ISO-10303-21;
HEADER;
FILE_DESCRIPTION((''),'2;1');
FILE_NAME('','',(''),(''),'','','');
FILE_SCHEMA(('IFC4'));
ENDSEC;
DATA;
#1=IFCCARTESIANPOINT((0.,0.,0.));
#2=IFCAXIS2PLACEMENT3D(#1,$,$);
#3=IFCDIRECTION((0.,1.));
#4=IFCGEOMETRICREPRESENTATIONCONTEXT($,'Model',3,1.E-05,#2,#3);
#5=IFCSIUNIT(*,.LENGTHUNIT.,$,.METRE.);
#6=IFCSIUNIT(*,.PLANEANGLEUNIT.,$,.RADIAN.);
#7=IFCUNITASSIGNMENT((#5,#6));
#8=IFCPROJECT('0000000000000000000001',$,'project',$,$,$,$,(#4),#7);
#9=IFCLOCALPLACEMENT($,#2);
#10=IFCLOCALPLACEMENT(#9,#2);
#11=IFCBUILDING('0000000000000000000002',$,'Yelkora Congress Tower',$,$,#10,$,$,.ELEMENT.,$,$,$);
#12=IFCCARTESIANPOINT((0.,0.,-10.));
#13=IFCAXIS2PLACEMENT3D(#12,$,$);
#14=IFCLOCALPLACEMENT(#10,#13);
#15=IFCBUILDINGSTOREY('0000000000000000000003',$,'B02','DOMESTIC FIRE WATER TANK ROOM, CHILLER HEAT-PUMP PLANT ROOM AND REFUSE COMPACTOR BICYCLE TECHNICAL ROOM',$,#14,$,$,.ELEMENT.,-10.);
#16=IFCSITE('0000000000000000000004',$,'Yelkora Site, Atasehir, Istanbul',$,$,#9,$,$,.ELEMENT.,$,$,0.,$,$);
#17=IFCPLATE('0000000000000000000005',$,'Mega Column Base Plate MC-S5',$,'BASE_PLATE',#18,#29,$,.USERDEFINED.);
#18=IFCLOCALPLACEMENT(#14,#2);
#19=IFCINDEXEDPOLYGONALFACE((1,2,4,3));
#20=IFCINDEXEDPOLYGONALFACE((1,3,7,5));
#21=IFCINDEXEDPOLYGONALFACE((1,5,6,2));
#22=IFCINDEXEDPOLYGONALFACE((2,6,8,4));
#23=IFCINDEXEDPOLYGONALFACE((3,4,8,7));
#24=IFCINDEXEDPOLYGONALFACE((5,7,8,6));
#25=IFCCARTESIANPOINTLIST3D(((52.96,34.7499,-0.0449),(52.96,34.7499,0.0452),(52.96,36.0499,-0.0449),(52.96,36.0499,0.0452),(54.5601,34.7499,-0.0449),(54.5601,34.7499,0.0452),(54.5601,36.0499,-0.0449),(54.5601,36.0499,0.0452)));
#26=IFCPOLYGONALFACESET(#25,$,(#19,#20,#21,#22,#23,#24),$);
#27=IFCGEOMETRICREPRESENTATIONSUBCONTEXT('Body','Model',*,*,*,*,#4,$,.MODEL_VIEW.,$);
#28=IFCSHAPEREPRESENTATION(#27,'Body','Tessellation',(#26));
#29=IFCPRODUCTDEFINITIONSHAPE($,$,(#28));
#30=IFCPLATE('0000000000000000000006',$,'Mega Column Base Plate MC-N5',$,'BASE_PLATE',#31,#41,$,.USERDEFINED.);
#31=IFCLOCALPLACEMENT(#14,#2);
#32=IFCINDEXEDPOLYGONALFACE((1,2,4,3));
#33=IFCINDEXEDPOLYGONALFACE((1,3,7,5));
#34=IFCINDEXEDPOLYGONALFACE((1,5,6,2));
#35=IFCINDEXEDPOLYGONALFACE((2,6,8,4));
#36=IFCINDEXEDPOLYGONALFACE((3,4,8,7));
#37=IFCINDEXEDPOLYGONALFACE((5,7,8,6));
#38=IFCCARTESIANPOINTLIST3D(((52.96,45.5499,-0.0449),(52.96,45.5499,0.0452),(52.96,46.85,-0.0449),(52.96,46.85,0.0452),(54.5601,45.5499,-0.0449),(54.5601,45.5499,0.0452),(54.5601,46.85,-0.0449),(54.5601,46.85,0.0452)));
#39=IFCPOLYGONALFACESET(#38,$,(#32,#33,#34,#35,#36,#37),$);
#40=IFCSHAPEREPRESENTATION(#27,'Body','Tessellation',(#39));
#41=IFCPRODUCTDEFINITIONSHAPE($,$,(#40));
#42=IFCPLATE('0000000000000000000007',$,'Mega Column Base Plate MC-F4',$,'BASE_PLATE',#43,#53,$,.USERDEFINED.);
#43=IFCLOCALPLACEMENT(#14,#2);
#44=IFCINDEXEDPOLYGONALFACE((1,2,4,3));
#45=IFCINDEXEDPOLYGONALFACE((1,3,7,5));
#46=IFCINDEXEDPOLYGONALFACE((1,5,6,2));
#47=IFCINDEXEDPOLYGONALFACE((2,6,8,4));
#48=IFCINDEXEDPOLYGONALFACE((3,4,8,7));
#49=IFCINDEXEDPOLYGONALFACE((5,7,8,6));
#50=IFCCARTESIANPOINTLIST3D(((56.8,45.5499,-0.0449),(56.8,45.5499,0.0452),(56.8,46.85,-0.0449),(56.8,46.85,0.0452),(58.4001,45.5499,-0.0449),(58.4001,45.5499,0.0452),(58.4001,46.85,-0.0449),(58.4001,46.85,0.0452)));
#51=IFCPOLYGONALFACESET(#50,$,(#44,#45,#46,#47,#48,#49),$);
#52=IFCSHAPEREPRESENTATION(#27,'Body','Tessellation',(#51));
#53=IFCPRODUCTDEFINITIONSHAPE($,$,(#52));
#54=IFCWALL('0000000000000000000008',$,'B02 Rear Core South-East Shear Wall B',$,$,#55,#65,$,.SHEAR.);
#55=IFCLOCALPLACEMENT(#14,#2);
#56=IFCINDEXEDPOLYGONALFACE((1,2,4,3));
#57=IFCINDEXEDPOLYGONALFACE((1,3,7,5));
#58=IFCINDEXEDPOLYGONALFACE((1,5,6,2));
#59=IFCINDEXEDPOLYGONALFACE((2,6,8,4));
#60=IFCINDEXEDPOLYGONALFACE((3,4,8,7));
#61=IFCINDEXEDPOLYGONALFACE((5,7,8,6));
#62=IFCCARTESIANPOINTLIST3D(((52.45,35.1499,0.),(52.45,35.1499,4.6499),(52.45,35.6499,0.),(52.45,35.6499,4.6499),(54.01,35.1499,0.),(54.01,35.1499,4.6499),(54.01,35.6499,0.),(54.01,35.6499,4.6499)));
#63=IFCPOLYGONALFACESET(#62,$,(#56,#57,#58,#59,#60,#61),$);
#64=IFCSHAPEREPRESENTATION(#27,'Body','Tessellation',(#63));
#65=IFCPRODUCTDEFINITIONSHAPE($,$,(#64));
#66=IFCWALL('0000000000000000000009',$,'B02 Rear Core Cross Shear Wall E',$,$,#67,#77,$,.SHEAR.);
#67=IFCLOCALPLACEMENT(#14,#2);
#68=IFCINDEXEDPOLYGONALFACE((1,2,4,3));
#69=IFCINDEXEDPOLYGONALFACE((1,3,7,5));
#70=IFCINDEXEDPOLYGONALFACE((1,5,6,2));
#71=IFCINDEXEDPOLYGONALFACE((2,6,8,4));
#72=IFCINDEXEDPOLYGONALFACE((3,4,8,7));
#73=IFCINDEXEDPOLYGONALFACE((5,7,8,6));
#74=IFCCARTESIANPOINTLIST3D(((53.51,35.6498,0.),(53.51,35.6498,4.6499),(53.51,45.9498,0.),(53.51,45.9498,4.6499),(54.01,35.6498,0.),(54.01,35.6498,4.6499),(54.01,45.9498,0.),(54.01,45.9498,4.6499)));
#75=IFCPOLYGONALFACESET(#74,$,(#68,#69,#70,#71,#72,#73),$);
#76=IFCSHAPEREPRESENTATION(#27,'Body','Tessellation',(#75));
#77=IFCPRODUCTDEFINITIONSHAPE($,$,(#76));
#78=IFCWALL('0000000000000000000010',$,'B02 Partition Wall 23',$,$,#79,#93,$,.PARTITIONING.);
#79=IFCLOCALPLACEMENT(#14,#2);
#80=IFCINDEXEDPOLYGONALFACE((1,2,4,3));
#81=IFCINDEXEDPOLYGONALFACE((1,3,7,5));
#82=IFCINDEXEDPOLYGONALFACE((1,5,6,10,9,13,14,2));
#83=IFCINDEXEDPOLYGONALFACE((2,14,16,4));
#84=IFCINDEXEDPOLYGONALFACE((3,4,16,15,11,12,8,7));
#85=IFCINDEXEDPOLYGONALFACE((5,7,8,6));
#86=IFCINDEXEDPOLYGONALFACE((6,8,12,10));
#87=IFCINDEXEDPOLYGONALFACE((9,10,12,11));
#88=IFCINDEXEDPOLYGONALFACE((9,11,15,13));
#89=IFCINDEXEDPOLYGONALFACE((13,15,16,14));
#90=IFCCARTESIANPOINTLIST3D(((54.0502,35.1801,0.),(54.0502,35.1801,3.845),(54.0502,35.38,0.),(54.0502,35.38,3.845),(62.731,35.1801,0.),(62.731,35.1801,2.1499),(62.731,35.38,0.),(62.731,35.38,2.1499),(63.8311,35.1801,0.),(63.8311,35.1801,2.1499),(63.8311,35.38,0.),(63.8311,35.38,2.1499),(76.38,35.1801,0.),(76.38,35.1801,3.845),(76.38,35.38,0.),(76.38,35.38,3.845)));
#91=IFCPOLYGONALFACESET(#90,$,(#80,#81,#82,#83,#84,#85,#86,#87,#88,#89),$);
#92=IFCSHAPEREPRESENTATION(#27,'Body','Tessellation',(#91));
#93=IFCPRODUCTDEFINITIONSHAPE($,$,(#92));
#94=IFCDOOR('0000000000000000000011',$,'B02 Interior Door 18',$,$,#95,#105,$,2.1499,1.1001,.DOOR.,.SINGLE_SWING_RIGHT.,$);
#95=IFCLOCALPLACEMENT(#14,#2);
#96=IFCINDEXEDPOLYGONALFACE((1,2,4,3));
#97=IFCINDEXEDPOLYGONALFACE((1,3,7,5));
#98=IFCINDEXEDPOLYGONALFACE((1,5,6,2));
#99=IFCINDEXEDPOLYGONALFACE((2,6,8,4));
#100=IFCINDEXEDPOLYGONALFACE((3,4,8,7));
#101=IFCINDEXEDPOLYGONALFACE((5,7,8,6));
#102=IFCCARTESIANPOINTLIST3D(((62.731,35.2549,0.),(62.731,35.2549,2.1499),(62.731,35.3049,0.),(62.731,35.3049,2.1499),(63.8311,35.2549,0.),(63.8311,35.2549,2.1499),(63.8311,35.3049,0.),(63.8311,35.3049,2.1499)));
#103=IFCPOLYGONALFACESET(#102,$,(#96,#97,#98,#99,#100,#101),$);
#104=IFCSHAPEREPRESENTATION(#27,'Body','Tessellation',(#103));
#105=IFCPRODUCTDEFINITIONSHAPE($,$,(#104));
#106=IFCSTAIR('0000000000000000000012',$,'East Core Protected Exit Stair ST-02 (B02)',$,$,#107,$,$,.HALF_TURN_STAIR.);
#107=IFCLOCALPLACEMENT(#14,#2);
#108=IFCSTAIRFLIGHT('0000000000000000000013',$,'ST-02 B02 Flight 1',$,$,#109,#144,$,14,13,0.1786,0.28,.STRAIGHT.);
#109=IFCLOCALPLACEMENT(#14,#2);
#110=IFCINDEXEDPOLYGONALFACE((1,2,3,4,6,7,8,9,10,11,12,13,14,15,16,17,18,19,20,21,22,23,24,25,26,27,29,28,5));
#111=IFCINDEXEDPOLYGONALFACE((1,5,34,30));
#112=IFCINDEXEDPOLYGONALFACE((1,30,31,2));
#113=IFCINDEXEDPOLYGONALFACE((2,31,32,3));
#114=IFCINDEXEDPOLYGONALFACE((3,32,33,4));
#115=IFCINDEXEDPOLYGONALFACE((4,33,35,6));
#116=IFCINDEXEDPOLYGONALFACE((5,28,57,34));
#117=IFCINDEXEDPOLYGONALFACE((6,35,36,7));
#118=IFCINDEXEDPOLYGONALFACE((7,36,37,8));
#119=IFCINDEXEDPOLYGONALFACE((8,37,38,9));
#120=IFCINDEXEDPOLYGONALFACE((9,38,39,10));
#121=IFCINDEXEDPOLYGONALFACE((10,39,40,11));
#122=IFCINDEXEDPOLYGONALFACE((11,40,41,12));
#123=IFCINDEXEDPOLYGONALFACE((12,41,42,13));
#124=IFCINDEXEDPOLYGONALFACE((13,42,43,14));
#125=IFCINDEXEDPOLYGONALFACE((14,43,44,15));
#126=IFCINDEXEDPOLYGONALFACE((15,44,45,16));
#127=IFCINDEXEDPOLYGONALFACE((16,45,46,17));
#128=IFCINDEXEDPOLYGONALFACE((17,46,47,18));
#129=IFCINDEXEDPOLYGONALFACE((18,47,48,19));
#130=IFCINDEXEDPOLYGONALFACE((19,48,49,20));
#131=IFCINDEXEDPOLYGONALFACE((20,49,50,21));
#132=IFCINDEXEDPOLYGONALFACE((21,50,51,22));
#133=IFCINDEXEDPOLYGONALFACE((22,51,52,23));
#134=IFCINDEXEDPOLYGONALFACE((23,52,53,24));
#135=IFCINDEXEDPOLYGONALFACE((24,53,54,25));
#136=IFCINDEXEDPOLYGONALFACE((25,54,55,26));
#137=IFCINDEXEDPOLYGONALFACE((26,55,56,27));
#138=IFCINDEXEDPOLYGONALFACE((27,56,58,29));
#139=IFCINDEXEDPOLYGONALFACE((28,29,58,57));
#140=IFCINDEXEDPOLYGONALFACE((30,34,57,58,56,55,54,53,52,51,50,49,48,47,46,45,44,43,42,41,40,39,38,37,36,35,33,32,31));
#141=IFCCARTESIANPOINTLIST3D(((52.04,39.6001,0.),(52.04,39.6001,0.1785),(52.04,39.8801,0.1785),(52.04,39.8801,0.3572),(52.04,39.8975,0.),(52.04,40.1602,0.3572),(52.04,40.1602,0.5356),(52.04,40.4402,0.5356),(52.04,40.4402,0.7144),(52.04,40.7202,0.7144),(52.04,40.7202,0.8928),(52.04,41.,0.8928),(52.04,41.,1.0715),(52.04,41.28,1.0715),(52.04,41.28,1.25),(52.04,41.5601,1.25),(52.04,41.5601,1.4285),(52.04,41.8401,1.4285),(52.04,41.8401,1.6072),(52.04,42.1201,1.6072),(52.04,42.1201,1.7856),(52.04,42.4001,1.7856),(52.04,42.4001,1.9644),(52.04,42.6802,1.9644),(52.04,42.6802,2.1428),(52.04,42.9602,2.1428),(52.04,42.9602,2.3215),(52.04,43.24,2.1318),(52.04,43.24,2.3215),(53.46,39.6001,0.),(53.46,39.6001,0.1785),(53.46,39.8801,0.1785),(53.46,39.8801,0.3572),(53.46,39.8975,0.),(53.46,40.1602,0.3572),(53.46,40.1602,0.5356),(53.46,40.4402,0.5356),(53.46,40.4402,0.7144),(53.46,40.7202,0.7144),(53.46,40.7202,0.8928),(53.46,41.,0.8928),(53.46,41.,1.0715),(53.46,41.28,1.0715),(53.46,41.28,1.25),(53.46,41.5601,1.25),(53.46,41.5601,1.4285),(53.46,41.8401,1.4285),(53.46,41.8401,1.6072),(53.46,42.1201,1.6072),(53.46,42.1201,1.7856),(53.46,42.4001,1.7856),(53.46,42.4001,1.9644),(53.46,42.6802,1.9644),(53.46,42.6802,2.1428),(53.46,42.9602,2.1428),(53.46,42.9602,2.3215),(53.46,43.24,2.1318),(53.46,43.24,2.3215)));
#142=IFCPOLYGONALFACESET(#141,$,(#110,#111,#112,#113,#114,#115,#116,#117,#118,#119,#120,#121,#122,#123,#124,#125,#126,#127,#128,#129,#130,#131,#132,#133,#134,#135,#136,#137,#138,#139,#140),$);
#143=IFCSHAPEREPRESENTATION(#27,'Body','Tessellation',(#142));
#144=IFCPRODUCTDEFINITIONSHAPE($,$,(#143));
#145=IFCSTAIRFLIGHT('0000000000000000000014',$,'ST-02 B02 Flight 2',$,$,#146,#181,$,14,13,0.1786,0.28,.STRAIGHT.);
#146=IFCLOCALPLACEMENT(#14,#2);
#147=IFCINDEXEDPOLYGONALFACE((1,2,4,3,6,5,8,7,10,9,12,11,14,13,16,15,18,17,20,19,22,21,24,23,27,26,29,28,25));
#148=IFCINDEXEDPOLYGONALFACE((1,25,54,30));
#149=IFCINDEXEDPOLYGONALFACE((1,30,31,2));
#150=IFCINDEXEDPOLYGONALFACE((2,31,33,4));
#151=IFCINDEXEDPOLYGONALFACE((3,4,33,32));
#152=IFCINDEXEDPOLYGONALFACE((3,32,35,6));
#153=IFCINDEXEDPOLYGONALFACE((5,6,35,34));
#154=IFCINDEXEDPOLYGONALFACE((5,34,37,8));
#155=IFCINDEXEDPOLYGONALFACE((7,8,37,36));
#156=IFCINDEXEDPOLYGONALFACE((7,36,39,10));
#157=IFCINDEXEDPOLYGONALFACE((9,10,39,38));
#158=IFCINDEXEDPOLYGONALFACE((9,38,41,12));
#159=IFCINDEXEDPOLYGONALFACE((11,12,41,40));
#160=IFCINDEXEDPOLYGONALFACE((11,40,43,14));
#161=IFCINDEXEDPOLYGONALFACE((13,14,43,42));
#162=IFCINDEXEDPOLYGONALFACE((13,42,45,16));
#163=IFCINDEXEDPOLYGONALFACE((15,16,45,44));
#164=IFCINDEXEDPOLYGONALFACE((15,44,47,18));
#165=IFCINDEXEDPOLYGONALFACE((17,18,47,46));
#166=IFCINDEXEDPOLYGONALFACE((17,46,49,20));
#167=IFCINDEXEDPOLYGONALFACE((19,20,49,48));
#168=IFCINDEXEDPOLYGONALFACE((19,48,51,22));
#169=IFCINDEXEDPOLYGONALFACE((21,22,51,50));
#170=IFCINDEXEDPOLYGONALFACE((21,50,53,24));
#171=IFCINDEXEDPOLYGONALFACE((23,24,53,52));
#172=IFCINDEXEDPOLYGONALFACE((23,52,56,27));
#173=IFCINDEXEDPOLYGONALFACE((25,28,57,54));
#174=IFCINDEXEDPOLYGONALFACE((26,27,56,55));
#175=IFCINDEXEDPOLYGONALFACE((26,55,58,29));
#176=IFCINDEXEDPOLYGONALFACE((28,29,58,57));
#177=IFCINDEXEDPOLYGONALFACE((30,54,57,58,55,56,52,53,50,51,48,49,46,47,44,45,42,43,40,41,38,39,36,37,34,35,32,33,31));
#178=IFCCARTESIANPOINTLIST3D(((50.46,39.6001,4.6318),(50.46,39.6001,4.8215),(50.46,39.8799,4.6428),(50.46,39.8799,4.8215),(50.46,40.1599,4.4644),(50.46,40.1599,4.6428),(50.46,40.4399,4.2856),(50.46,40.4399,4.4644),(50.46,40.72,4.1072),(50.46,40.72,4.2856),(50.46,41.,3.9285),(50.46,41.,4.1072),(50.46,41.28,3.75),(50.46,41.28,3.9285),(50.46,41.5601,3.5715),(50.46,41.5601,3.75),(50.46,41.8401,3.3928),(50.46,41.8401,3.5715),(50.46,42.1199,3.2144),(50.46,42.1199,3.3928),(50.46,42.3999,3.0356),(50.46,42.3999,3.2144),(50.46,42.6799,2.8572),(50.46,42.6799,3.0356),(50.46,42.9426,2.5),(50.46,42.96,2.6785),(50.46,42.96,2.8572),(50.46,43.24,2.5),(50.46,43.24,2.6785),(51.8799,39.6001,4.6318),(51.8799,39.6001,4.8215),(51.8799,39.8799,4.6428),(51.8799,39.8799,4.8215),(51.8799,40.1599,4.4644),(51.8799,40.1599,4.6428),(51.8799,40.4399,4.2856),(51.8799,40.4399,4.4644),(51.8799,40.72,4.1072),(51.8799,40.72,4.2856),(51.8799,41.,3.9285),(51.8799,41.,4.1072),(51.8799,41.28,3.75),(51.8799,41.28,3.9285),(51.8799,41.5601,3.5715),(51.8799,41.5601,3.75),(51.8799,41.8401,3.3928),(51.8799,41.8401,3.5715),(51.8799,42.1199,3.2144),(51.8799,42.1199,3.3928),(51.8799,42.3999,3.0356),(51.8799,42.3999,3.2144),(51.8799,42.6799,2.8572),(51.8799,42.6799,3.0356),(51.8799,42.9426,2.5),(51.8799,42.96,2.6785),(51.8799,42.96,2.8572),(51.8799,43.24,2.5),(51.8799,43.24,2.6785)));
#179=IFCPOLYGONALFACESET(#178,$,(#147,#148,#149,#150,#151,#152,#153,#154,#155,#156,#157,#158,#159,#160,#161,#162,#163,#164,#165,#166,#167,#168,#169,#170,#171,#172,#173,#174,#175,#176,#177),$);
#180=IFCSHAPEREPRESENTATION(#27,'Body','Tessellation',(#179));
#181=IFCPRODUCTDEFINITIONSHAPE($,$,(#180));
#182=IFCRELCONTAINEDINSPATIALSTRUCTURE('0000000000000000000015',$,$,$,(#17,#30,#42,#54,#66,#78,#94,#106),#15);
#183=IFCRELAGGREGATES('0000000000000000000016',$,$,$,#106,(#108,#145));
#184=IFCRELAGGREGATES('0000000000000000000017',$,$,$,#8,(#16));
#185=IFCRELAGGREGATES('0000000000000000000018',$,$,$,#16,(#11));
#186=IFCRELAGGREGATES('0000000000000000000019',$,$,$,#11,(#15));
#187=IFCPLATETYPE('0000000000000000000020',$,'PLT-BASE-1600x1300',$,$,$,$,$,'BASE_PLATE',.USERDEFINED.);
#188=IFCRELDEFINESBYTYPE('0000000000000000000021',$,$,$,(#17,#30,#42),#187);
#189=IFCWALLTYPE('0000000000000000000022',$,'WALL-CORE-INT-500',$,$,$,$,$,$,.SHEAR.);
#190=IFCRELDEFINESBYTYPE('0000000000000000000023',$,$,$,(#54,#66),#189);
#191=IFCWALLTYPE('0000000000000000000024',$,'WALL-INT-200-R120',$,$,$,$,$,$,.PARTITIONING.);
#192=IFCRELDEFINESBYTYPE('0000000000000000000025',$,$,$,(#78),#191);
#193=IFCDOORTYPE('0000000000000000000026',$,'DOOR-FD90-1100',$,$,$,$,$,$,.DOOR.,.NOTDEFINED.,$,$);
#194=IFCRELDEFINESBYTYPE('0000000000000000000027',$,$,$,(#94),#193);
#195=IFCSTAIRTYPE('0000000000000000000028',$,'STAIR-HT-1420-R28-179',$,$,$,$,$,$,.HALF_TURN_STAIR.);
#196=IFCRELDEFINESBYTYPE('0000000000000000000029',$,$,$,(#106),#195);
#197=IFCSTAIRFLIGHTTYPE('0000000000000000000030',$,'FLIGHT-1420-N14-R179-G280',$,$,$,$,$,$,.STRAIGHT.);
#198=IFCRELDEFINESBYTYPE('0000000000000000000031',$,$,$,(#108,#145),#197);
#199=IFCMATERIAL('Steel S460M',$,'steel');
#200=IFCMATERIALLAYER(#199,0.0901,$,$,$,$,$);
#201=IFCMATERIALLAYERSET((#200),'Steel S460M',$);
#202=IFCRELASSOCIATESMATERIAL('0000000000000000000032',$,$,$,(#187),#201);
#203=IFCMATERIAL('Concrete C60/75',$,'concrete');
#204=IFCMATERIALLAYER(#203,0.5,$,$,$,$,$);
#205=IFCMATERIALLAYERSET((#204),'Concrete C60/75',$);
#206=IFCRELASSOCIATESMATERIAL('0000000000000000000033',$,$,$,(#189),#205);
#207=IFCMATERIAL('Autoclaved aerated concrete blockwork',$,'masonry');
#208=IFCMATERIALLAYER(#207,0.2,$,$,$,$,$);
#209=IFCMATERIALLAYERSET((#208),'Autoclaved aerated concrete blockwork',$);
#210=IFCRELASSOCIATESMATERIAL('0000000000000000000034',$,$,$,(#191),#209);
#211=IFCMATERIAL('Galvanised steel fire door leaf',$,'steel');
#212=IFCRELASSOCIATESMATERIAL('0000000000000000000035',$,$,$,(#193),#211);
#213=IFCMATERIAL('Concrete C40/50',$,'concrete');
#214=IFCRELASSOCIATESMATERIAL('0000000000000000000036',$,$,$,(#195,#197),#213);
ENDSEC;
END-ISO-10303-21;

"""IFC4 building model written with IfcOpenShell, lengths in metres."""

from ifc_helpers import new_model, si_unit, direction, frame, frame_2d, origin, origin_2d, place, context, subcontext, project, spatial, polyline, rectangle, outline, extrude, material, layer, layer_set, type_object, element, fill, aggregate, save


model = new_model("IFC4")

# Units and contexts
model_context = context("Model", 3, precision=1e-05, world=origin(), true_north=direction((0.0, 1.0)))
body_context = subcontext(model_context, "Body", "Model", "MODEL_VIEW")
ifc_project = project(units=[si_unit("LENGTHUNIT", "METRE"), si_unit("PLANEANGLEUNIT", "RADIAN")], contexts=[model_context])

# Site, building, storey
site_placement = place(None, origin())
site = spatial("IfcSite", under=ifc_project, at=site_placement, Name="Yelkora Site, Atasehir, Istanbul", CompositionType="ELEMENT", RefElevation=0.0)
building_placement = place(site_placement, origin())
building = spatial("IfcBuilding", under=site, at=building_placement, Name="Yelkora Congress Tower", CompositionType="ELEMENT")
storey_placement = place(building_placement, frame((0.0, 0.0, -10.0)))
storey = spatial("IfcBuildingStorey", under=building, at=storey_placement, Name="B02", Description="DOMESTIC FIRE WATER TANK ROOM, CHILLER HEAT-PUMP PLANT ROOM AND REFUSE COMPACTOR BICYCLE TECHNICAL ROOM", CompositionType="ELEMENT", Elevation=-10.0)

# Shared definitions
ifc_material_1 = material(Name="Concrete C60/75", Category="concrete")

# Plates
ifc_material_2 = material(Name="Steel S460M", Category="steel")
ifc_layer_1 = layer(ifc_material_2, 0.0901)
ifc_layer_set_1 = layer_set([ifc_layer_1], Name="Steel S460M")
plate_type = type_object("IfcPlateType", Name="PLT-BASE-1600x1300", ElementType="BASE_PLATE", PredefinedType="USERDEFINED", material=ifc_layer_set_1)
for number, where, z_axis, x_axis, name in (
    (1, (53.76, 35.3999, -0.0449), (0.0, 0.0, 1.0), (1.0, 0.0, 0.0), "Mega Column Base Plate MC-S5"),
    (2, (53.76, 46.2, -0.0449), (0.0, 0.0, 1.0), (1.0, 0.0, 0.0), "Mega Column Base Plate MC-N5"),
    (3, (57.6001, 46.2, -0.0449), (0.0, 0.0, 1.0), (1.0, 0.0, 0.0), "Mega Column Base Plate MC-F4"),
):
    element("IfcPlate", number, at=place(storey_placement, frame(where, z_axis=z_axis, x_axis=x_axis)), inside=storey, type_object=plate_type, Name=name, ObjectType="BASE_PLATE", PredefinedType="USERDEFINED", context=body_context, shape_type="SweptSolid", body=[
        extrude(rectangle(XDim=1.6001, YDim=1.3, at=origin_2d()), origin(), (0.0, 0.0, 1.0), 0.0901),
    ])

# Walls
ifc_layer_2 = layer(ifc_material_1, 0.5)
ifc_layer_set_2 = layer_set([ifc_layer_2], Name="Concrete C60/75")
wall_type_1 = type_object("IfcWallType", Name="WALL-CORE-INT-500", PredefinedType="SHEAR", material=ifc_layer_set_2)
wall_1_placement = place(storey_placement, frame((52.45, 35.3999, 0.0), z_axis=(0.0, 0.0, 1.0), x_axis=(1.0, 0.0, 0.0)))
element("IfcWall", 4, at=wall_1_placement, inside=storey, type_object=wall_type_1, Name="B02 Rear Core South-East Shear Wall B", PredefinedType="SHEAR", context=body_context, shape_type="SweptSolid", body=[
    extrude(rectangle(XDim=1.5601, YDim=0.5, at=frame_2d((0.78, 0.0))), origin(), (0.0, 0.0, 1.0), 4.6499),
])
wall_2_placement = place(storey_placement, frame((53.76, 35.6499, 0.0), z_axis=(0.0, 0.0, 1.0), x_axis=(0.0, 1.0, 0.0)))
element("IfcWall", 5, at=wall_2_placement, inside=storey, type_object=wall_type_1, Name="B02 Rear Core Cross Shear Wall E", PredefinedType="SHEAR", context=body_context, shape_type="SweptSolid", body=[
    extrude(rectangle(XDim=10.3, YDim=0.5, at=frame_2d((5.1499, 0.0))), origin(), (0.0, 0.0, 1.0), 4.6499),
])

# Wall, opening, door
ifc_material_3 = material(Name="Autoclaved aerated concrete blockwork", Category="masonry")
ifc_layer_3 = layer(ifc_material_3, 0.2)
ifc_layer_set_3 = layer_set([ifc_layer_3], Name="Autoclaved aerated concrete blockwork")
wall_type_2 = type_object("IfcWallType", Name="WALL-INT-200-R120", PredefinedType="PARTITIONING", material=ifc_layer_set_3)
wall_3_placement = place(storey_placement, frame((54.05, 35.28, 0.0), z_axis=(0.0, 0.0, 1.0), x_axis=(1.0, 0.0, 0.0)))
wall_3 = element("IfcWall", 6, at=wall_3_placement, inside=storey, type_object=wall_type_2, Name="B02 Partition Wall 23", PredefinedType="PARTITIONING", context=body_context, shape_type="SweptSolid", body=[
    extrude(rectangle(XDim=22.3298, YDim=0.2, at=frame_2d((11.165, 0.0))), origin(), (0.0, 0.0, 1.0), 3.845),
])
opening_placement = place(wall_3_placement, frame((8.6809, 0.0, 0.0)))
opening = element("IfcOpeningElement", 7, at=opening_placement, cuts=wall_3, PredefinedType="OPENING", context=body_context, shape_type="SweptSolid", body=[
    extrude(rectangle(XDim=1.1001, YDim=2.1499, at=frame_2d((0.55, 1.075))), frame((0.0, 0.1099, 0.0), z_axis=(0.0, -1.0, 0.0), x_axis=(1.0, 0.0, 0.0)), (0.0, 0.0, 1.0), 0.22),
])
ifc_material_4 = material(Name="Galvanised steel fire door leaf", Category="steel")
door_type = type_object("IfcDoorType", Name="DOOR-FD90-1100", OperationType="NOTDEFINED", PredefinedType="DOOR", material=ifc_material_4)
door_placement = place(opening_placement, origin())
door = element("IfcDoor", 8, at=door_placement, inside=storey, type_object=door_type, Name="B02 Interior Door 18", OperationType="SINGLE_SWING_RIGHT", OverallHeight=2.1499, OverallWidth=1.1001, PredefinedType="DOOR", context=body_context, shape_type="SweptSolid", body=[
    extrude(rectangle(XDim=1.1001, YDim=2.1499, at=frame_2d((0.55, 1.075))), frame((0.0, 0.0249, 0.0), z_axis=(0.0, -1.0, 0.0), x_axis=(1.0, 0.0, 0.0)), (0.0, 0.0, 1.0), 0.05),
])
fill(opening, door)

# Stair, stair flights
ifc_material_5 = material(Name="Concrete C40/50", Category="concrete")
stair_type = type_object("IfcStairType", Name="STAIR-HT-1420-R28-179", PredefinedType="HALF_TURN_STAIR", material=ifc_material_5)
stair_placement = place(storey_placement, origin())
stair = element("IfcStair", 9, at=stair_placement, inside=storey, type_object=stair_type, Name="East Core Protected Exit Stair ST-02 (B02)", PredefinedType="HALF_TURN_STAIR")
stair_flight_type = type_object("IfcStairFlightType", Name="FLIGHT-1420-N14-R179-G280", PredefinedType="STRAIGHT", material=ifc_material_5)
stair_flight_1_placement = place(storey_placement, frame((52.75, 39.6001, 0.0), z_axis=(0.0, 0.0, 1.0), x_axis=(0.0, 1.0, 0.0)))
stair_flight_1 = element("IfcStairFlight", 10, at=stair_flight_1_placement, type_object=stair_flight_type, Name="ST-02 B02 Flight 1", NumberOfRisers=14, NumberOfTreads=13, PredefinedType="STRAIGHT", RiserHeight=0.1786, TreadLength=0.28, context=body_context, shape_type="SweptSolid", body=[
    extrude(outline(polyline([(0.0, 0.0), (0.0, 0.1785), (0.28, 0.1785), (0.28, 0.3572), (0.5601, 0.3572), (0.5601, 0.5356), (0.8401, 0.5356), (0.8401, 0.7144), (1.1201, 0.7144), (1.1201, 0.8928), (1.3999, 0.8928), (1.3999, 1.0715), (1.6799, 1.0715), (1.6799, 1.25), (1.96, 1.25), (1.96, 1.4285), (2.24, 1.4285), (2.24, 1.6072), (2.52, 1.6072), (2.52, 1.7856), (2.8, 1.7856), (2.8, 1.9644), (3.0801, 1.9644), (3.0801, 2.1428), (3.3601, 2.1428), (3.3601, 2.3215), (3.6399, 2.3215), (3.6399, 2.5), (3.6399, 2.1318), (0.2974, 0.0), (0.0, 0.0)])), frame((0.0, 0.71, 0.0), z_axis=(0.0, -1.0, 0.0), x_axis=(1.0, 0.0, 0.0)), (0.0, 0.0, 1.0), 1.4199),
])
stair_flight_2_placement = place(storey_placement, frame((51.1699, 43.24, 2.5), z_axis=(0.0, 0.0, 1.0), x_axis=(0.0, -1.0, 0.0)))
stair_flight_2 = element("IfcStairFlight", 11, at=stair_flight_2_placement, type_object=stair_flight_type, Name="ST-02 B02 Flight 2", NumberOfRisers=14, NumberOfTreads=13, PredefinedType="STRAIGHT", RiserHeight=0.1786, TreadLength=0.28, context=body_context, shape_type="SweptSolid", body=[
    extrude(outline(polyline([(0.0, 0.0), (0.0, 0.1785), (0.28, 0.1785), (0.28, 0.3572), (0.5601, 0.3572), (0.5601, 0.5356), (0.8401, 0.5356), (0.8401, 0.7144), (1.1201, 0.7144), (1.1201, 0.8928), (1.3999, 0.8928), (1.3999, 1.0715), (1.6799, 1.0715), (1.6799, 1.25), (1.96, 1.25), (1.96, 1.4285), (2.24, 1.4285), (2.24, 1.6072), (2.52, 1.6072), (2.52, 1.7856), (2.8, 1.7856), (2.8, 1.9644), (3.0801, 1.9644), (3.0801, 2.1428), (3.3601, 2.1428), (3.3601, 2.3215), (3.6399, 2.3215), (3.6399, 2.5), (3.6399, 2.1318), (0.2974, 0.0), (0.0, 0.0)])), frame((0.0, 0.71, 0.0), z_axis=(0.0, -1.0, 0.0), x_axis=(1.0, 0.0, 0.0)), (0.0, 0.0, 1.0), 1.4199),
])
aggregate(stair, [stair_flight_1, stair_flight_2])

save(model, "model.ifc")
